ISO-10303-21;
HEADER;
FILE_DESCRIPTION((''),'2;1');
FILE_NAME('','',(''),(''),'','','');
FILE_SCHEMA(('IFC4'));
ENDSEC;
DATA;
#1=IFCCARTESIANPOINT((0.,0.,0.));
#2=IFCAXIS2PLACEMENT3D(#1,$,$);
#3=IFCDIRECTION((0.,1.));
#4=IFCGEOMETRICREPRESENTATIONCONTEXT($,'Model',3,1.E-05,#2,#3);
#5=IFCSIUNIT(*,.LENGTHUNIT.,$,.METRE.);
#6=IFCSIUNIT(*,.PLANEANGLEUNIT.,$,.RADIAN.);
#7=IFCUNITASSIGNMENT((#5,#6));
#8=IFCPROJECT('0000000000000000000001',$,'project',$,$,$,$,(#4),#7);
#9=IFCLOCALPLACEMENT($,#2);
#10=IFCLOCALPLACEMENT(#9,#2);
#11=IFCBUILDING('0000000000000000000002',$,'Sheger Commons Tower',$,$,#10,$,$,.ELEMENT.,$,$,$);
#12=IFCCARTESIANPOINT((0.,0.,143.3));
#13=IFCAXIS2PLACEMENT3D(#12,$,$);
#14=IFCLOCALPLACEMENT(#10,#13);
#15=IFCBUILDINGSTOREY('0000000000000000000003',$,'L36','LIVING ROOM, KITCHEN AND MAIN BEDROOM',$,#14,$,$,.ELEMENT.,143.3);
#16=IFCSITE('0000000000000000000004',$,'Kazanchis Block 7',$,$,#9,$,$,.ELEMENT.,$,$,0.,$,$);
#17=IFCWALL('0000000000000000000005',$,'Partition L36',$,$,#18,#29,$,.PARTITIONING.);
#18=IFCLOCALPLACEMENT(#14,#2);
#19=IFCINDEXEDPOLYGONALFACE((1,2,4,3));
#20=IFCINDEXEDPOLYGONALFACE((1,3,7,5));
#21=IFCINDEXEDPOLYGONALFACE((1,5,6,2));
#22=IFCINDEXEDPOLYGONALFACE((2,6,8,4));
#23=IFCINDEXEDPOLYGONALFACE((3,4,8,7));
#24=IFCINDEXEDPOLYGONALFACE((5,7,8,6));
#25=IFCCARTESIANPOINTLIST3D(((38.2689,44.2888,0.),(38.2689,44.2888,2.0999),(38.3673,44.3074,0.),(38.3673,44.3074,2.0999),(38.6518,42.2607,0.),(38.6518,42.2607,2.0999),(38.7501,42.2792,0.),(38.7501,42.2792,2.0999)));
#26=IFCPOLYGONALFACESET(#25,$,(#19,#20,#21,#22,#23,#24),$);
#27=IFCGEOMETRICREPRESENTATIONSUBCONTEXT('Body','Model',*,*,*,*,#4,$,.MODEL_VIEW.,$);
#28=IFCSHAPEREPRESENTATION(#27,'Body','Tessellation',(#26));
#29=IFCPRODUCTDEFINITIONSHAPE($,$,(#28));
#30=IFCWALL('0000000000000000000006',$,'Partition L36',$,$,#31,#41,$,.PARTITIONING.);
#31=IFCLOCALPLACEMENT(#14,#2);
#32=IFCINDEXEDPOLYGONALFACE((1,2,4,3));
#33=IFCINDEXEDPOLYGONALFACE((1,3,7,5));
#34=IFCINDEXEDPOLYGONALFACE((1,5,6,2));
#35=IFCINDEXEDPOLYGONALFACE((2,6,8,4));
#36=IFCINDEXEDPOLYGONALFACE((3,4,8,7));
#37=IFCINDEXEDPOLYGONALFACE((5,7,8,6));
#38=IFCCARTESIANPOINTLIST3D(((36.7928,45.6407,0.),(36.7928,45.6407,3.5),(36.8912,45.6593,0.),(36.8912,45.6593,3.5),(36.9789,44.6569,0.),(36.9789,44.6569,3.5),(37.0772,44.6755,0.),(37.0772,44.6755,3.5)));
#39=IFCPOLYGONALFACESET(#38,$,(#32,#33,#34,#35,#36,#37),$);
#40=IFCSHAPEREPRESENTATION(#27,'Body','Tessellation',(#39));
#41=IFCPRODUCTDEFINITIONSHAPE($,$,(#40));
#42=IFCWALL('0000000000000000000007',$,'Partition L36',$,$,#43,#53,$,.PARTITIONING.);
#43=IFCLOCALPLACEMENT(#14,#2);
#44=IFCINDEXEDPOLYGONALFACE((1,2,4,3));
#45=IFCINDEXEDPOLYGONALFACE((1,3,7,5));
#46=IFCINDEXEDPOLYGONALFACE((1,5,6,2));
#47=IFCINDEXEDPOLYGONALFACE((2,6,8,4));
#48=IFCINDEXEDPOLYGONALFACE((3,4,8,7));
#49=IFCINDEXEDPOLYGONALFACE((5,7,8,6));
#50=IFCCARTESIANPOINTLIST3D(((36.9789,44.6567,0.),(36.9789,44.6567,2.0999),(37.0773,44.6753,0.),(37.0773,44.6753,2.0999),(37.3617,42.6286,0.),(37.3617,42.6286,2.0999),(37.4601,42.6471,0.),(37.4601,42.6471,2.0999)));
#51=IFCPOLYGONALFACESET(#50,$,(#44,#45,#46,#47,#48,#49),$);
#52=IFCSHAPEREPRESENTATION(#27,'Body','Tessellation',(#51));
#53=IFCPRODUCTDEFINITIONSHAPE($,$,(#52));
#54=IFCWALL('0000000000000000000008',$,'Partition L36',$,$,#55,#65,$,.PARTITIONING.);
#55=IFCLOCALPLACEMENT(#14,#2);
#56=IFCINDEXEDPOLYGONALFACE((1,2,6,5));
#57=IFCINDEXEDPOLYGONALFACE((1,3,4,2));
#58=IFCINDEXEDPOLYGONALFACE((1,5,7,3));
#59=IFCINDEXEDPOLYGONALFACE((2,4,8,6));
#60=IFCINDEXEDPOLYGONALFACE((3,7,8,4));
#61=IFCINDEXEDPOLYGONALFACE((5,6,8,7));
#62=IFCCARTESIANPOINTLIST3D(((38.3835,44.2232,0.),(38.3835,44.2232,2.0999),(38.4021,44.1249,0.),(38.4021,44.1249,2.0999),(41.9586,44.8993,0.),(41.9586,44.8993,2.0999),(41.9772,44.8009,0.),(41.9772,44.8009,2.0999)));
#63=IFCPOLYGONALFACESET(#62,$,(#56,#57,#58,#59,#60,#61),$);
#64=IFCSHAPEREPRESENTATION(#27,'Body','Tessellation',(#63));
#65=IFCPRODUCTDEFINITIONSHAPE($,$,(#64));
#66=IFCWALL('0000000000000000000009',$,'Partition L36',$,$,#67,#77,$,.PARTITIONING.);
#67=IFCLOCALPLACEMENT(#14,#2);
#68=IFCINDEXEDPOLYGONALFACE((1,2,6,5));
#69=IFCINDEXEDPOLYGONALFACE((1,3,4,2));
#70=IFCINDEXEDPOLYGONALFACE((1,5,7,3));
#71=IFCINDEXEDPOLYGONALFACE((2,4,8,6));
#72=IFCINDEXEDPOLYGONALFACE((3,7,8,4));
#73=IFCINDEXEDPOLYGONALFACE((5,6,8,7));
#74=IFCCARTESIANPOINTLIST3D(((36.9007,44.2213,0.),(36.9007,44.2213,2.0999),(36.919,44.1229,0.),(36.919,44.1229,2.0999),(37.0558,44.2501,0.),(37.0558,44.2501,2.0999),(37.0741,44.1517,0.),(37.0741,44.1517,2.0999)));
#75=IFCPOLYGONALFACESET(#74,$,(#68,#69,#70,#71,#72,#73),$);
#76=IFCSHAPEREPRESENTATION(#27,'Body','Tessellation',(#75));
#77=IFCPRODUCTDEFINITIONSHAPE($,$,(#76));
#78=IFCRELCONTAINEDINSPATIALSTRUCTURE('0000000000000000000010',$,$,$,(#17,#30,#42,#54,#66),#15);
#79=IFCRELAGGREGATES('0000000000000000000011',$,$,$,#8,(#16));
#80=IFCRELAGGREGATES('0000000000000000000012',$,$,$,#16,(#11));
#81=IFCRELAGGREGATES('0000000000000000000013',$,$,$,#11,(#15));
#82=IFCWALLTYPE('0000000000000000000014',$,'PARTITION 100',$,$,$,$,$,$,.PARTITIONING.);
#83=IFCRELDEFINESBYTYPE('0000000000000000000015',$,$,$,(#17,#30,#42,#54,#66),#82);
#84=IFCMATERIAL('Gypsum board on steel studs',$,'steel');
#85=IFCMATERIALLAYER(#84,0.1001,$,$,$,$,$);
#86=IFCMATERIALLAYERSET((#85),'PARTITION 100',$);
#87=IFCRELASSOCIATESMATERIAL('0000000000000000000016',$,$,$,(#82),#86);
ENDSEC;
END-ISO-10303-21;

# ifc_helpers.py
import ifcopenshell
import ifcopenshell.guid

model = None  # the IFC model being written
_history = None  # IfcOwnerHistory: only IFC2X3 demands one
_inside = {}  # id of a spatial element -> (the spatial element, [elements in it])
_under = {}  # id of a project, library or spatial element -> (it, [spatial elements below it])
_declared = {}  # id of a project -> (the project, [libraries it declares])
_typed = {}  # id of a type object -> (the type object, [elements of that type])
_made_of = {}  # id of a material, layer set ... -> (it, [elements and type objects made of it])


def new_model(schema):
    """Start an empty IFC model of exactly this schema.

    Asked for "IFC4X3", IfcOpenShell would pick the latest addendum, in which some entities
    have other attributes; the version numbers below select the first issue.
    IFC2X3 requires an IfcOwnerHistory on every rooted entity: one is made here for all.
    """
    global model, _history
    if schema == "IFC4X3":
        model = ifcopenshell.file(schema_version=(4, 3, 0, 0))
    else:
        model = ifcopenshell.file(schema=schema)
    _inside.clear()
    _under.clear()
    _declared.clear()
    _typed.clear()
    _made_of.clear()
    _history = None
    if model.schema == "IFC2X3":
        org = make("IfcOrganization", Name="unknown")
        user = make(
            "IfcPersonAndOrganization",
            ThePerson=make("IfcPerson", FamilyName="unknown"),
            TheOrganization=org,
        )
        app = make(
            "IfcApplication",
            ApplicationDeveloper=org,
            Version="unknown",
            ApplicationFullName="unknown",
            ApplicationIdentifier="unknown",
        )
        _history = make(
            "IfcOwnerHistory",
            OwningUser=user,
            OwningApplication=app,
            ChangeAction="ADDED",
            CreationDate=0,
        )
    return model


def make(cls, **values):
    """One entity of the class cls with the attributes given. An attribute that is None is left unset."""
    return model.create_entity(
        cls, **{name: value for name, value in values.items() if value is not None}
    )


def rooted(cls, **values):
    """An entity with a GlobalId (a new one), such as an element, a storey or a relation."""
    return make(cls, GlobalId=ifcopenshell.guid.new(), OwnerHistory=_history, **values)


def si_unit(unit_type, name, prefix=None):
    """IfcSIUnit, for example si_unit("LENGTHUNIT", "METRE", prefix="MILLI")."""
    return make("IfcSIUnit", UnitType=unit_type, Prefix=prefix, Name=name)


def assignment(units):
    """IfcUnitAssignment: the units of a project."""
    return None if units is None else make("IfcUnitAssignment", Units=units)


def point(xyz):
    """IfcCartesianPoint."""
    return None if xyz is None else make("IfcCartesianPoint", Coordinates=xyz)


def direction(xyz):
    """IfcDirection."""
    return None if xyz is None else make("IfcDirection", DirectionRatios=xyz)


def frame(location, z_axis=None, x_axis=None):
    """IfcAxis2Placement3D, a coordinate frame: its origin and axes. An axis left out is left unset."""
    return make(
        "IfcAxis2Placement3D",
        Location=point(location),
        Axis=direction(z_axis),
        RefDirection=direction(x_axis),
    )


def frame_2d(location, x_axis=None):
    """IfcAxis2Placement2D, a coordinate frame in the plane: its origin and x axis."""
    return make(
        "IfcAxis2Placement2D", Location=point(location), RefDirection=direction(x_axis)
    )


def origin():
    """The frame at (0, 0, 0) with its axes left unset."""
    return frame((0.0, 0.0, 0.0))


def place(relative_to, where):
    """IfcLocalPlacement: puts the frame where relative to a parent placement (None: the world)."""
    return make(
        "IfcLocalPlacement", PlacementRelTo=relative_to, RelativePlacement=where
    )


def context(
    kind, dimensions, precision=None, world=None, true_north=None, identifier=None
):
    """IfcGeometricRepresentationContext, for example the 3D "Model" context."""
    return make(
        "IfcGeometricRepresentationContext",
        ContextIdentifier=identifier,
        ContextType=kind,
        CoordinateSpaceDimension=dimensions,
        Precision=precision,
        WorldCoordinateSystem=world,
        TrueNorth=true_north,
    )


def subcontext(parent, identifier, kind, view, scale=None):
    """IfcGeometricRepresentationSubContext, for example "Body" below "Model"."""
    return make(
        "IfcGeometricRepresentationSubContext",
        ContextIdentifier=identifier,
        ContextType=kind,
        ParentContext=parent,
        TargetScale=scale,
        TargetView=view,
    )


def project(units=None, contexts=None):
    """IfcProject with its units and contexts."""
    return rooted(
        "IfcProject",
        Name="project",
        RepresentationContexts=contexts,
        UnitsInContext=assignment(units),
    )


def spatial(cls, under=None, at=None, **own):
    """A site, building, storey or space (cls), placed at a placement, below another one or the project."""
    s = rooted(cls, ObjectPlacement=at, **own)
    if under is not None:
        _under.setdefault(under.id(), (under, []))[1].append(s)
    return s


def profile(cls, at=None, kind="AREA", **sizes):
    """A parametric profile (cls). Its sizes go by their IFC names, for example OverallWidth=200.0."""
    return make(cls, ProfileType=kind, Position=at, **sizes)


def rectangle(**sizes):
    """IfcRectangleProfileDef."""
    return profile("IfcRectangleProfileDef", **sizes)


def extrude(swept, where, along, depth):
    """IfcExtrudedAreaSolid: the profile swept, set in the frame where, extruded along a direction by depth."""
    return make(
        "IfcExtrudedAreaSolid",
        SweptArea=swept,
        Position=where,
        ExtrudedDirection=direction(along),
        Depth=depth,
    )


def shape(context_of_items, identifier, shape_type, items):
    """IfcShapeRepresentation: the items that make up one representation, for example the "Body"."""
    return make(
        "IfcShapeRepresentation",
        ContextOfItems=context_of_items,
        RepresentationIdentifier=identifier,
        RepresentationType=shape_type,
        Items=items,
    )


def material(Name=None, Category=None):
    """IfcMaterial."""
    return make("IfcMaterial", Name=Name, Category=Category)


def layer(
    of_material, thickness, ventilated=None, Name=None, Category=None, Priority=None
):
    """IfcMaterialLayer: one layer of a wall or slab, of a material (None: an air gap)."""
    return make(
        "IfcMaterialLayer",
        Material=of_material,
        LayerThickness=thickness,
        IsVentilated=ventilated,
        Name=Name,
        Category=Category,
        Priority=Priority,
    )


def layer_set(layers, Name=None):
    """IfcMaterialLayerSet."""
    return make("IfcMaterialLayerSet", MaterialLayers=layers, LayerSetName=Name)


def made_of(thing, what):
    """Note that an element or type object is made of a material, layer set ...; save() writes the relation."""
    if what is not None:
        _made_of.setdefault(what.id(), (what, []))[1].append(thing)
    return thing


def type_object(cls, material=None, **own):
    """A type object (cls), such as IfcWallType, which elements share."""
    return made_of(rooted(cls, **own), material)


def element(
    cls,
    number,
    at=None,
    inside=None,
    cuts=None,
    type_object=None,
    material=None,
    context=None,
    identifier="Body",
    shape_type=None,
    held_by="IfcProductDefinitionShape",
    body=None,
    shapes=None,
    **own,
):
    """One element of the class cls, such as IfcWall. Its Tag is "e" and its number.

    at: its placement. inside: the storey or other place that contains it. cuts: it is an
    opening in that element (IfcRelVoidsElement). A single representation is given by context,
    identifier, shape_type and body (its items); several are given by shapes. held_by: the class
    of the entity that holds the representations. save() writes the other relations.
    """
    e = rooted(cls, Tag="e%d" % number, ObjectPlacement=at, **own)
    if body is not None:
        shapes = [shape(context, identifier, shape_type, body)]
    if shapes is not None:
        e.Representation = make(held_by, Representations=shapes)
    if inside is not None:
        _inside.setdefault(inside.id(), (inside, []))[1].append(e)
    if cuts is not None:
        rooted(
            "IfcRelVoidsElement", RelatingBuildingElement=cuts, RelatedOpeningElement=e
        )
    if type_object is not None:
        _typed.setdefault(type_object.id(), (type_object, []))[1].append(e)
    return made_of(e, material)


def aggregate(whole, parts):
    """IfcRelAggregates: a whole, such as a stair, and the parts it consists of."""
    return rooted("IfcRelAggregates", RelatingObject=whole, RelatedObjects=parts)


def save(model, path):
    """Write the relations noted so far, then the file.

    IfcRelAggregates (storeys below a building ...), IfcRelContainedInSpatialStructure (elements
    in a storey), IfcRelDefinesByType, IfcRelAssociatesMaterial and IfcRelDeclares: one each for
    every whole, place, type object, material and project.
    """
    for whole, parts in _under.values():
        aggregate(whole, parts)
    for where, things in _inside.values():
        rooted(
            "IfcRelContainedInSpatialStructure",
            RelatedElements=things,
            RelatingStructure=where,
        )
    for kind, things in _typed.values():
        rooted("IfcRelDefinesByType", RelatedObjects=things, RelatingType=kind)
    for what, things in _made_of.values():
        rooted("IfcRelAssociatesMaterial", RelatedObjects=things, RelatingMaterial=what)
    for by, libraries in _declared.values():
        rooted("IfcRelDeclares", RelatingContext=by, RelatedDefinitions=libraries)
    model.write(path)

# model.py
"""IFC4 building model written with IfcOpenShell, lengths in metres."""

from ifc_helpers import new_model, si_unit, direction, frame, frame_2d, origin, place, context, subcontext, project, spatial, rectangle, extrude, material, layer, layer_set, type_object, element, save


model = new_model("IFC4")

# Units and contexts
model_context = context("Model", 3, precision=1e-05, world=origin(), true_north=direction((0.0, 1.0)))
body_context = subcontext(model_context, "Body", "Model", "MODEL_VIEW")
ifc_project = project(units=[si_unit("LENGTHUNIT", "METRE"), si_unit("PLANEANGLEUNIT", "RADIAN")], contexts=[model_context])

# Site, building, storey
site_placement = place(None, origin())
site = spatial("IfcSite", under=ifc_project, at=site_placement, Name="Kazanchis Block 7", CompositionType="ELEMENT", RefElevation=0.0)
building_placement = place(site_placement, origin())
building = spatial("IfcBuilding", under=site, at=building_placement, Name="Sheger Commons Tower", CompositionType="ELEMENT")
storey_placement = place(building_placement, frame((0.0, 0.0, 143.3)))
storey = spatial("IfcBuildingStorey", under=building, at=storey_placement, Name="L36", Description="LIVING ROOM, KITCHEN AND MAIN BEDROOM", CompositionType="ELEMENT", Elevation=143.3)

# Walls
ifc_material_1 = material(Name="Gypsum board on steel studs", Category="steel")
ifc_layer_1 = layer(ifc_material_1, 0.1001)
ifc_layer_set_1 = layer_set([ifc_layer_1], Name="PARTITION 100")
wall_type_1 = type_object("IfcWallType", Name="PARTITION 100", PredefinedType="PARTITIONING", material=ifc_layer_set_1)
wall_1_placement = place(storey_placement, frame((38.3181, 44.2981, 0.0), z_axis=(0.0, 0.0, 1.0), x_axis=(0.185481, -0.982648, 0.0)))
element("IfcWall", 1, at=wall_1_placement, inside=storey, type_object=wall_type_1, Name="Partition L36", PredefinedType="PARTITIONING", context=body_context, shape_type="SweptSolid", body=[
    extrude(rectangle(XDim=2.064, YDim=0.1001, at=frame_2d((1.032, 0.0))), origin(), (0.0, 0.0, 1.0), 2.0999),
])
wall_2_placement = place(storey_placement, frame((36.842, 45.6499, 0.0), z_axis=(0.0, 0.0, 1.0), x_axis=(0.18579, -0.982589, 0.0)))
element("IfcWall", 2, at=wall_2_placement, inside=storey, type_object=wall_type_1, Name="Partition L36", PredefinedType="PARTITIONING", context=body_context, shape_type="SweptSolid", body=[
    extrude(rectangle(XDim=1.0012, YDim=0.1001, at=frame_2d((0.5005, 0.0))), origin(), (0.0, 0.0, 1.0), 3.5),
])
wall_3_placement = place(storey_placement, frame((37.0281, 44.666, 0.0), z_axis=(0.0, 0.0, 1.0), x_axis=(0.185481, -0.982648, 0.0)))
element("IfcWall", 3, at=wall_3_placement, inside=storey, type_object=wall_type_1, Name="Partition L36", PredefinedType="PARTITIONING", context=body_context, shape_type="SweptSolid", body=[
    extrude(rectangle(XDim=2.064, YDim=0.1001, at=frame_2d((1.032, 0.0))), origin(), (0.0, 0.0, 1.0), 2.0999),
])
wall_4_placement = place(storey_placement, frame((41.968, 44.8501, 0.0), z_axis=(0.0, 0.0, 1.0), x_axis=(-0.982586, -0.185808, 0.0)))
element("IfcWall", 4, at=wall_4_placement, inside=storey, type_object=wall_type_1, Name="Partition L36", PredefinedType="PARTITIONING", context=body_context, shape_type="SweptSolid", body=[
    extrude(rectangle(XDim=3.6384, YDim=0.1001, at=frame_2d((1.8193, 0.0))), origin(), (0.0, 0.0, 1.0), 2.0999),
])
wall_5_placement = place(storey_placement, frame((37.0649, 44.2009, 0.0), z_axis=(0.0, 0.0, 1.0), x_axis=(-0.983169, -0.182699, 0.0)))
element("IfcWall", 5, at=wall_5_placement, inside=storey, type_object=wall_type_1, Name="Partition L36", PredefinedType="PARTITIONING", context=body_context, shape_type="SweptSolid", body=[
    extrude(rectangle(XDim=0.1577, YDim=0.1001, at=frame_2d((0.0789, 0.0))), origin(), (0.0, 0.0, 1.0), 2.0999),
])

save(model, "model.ifc")
